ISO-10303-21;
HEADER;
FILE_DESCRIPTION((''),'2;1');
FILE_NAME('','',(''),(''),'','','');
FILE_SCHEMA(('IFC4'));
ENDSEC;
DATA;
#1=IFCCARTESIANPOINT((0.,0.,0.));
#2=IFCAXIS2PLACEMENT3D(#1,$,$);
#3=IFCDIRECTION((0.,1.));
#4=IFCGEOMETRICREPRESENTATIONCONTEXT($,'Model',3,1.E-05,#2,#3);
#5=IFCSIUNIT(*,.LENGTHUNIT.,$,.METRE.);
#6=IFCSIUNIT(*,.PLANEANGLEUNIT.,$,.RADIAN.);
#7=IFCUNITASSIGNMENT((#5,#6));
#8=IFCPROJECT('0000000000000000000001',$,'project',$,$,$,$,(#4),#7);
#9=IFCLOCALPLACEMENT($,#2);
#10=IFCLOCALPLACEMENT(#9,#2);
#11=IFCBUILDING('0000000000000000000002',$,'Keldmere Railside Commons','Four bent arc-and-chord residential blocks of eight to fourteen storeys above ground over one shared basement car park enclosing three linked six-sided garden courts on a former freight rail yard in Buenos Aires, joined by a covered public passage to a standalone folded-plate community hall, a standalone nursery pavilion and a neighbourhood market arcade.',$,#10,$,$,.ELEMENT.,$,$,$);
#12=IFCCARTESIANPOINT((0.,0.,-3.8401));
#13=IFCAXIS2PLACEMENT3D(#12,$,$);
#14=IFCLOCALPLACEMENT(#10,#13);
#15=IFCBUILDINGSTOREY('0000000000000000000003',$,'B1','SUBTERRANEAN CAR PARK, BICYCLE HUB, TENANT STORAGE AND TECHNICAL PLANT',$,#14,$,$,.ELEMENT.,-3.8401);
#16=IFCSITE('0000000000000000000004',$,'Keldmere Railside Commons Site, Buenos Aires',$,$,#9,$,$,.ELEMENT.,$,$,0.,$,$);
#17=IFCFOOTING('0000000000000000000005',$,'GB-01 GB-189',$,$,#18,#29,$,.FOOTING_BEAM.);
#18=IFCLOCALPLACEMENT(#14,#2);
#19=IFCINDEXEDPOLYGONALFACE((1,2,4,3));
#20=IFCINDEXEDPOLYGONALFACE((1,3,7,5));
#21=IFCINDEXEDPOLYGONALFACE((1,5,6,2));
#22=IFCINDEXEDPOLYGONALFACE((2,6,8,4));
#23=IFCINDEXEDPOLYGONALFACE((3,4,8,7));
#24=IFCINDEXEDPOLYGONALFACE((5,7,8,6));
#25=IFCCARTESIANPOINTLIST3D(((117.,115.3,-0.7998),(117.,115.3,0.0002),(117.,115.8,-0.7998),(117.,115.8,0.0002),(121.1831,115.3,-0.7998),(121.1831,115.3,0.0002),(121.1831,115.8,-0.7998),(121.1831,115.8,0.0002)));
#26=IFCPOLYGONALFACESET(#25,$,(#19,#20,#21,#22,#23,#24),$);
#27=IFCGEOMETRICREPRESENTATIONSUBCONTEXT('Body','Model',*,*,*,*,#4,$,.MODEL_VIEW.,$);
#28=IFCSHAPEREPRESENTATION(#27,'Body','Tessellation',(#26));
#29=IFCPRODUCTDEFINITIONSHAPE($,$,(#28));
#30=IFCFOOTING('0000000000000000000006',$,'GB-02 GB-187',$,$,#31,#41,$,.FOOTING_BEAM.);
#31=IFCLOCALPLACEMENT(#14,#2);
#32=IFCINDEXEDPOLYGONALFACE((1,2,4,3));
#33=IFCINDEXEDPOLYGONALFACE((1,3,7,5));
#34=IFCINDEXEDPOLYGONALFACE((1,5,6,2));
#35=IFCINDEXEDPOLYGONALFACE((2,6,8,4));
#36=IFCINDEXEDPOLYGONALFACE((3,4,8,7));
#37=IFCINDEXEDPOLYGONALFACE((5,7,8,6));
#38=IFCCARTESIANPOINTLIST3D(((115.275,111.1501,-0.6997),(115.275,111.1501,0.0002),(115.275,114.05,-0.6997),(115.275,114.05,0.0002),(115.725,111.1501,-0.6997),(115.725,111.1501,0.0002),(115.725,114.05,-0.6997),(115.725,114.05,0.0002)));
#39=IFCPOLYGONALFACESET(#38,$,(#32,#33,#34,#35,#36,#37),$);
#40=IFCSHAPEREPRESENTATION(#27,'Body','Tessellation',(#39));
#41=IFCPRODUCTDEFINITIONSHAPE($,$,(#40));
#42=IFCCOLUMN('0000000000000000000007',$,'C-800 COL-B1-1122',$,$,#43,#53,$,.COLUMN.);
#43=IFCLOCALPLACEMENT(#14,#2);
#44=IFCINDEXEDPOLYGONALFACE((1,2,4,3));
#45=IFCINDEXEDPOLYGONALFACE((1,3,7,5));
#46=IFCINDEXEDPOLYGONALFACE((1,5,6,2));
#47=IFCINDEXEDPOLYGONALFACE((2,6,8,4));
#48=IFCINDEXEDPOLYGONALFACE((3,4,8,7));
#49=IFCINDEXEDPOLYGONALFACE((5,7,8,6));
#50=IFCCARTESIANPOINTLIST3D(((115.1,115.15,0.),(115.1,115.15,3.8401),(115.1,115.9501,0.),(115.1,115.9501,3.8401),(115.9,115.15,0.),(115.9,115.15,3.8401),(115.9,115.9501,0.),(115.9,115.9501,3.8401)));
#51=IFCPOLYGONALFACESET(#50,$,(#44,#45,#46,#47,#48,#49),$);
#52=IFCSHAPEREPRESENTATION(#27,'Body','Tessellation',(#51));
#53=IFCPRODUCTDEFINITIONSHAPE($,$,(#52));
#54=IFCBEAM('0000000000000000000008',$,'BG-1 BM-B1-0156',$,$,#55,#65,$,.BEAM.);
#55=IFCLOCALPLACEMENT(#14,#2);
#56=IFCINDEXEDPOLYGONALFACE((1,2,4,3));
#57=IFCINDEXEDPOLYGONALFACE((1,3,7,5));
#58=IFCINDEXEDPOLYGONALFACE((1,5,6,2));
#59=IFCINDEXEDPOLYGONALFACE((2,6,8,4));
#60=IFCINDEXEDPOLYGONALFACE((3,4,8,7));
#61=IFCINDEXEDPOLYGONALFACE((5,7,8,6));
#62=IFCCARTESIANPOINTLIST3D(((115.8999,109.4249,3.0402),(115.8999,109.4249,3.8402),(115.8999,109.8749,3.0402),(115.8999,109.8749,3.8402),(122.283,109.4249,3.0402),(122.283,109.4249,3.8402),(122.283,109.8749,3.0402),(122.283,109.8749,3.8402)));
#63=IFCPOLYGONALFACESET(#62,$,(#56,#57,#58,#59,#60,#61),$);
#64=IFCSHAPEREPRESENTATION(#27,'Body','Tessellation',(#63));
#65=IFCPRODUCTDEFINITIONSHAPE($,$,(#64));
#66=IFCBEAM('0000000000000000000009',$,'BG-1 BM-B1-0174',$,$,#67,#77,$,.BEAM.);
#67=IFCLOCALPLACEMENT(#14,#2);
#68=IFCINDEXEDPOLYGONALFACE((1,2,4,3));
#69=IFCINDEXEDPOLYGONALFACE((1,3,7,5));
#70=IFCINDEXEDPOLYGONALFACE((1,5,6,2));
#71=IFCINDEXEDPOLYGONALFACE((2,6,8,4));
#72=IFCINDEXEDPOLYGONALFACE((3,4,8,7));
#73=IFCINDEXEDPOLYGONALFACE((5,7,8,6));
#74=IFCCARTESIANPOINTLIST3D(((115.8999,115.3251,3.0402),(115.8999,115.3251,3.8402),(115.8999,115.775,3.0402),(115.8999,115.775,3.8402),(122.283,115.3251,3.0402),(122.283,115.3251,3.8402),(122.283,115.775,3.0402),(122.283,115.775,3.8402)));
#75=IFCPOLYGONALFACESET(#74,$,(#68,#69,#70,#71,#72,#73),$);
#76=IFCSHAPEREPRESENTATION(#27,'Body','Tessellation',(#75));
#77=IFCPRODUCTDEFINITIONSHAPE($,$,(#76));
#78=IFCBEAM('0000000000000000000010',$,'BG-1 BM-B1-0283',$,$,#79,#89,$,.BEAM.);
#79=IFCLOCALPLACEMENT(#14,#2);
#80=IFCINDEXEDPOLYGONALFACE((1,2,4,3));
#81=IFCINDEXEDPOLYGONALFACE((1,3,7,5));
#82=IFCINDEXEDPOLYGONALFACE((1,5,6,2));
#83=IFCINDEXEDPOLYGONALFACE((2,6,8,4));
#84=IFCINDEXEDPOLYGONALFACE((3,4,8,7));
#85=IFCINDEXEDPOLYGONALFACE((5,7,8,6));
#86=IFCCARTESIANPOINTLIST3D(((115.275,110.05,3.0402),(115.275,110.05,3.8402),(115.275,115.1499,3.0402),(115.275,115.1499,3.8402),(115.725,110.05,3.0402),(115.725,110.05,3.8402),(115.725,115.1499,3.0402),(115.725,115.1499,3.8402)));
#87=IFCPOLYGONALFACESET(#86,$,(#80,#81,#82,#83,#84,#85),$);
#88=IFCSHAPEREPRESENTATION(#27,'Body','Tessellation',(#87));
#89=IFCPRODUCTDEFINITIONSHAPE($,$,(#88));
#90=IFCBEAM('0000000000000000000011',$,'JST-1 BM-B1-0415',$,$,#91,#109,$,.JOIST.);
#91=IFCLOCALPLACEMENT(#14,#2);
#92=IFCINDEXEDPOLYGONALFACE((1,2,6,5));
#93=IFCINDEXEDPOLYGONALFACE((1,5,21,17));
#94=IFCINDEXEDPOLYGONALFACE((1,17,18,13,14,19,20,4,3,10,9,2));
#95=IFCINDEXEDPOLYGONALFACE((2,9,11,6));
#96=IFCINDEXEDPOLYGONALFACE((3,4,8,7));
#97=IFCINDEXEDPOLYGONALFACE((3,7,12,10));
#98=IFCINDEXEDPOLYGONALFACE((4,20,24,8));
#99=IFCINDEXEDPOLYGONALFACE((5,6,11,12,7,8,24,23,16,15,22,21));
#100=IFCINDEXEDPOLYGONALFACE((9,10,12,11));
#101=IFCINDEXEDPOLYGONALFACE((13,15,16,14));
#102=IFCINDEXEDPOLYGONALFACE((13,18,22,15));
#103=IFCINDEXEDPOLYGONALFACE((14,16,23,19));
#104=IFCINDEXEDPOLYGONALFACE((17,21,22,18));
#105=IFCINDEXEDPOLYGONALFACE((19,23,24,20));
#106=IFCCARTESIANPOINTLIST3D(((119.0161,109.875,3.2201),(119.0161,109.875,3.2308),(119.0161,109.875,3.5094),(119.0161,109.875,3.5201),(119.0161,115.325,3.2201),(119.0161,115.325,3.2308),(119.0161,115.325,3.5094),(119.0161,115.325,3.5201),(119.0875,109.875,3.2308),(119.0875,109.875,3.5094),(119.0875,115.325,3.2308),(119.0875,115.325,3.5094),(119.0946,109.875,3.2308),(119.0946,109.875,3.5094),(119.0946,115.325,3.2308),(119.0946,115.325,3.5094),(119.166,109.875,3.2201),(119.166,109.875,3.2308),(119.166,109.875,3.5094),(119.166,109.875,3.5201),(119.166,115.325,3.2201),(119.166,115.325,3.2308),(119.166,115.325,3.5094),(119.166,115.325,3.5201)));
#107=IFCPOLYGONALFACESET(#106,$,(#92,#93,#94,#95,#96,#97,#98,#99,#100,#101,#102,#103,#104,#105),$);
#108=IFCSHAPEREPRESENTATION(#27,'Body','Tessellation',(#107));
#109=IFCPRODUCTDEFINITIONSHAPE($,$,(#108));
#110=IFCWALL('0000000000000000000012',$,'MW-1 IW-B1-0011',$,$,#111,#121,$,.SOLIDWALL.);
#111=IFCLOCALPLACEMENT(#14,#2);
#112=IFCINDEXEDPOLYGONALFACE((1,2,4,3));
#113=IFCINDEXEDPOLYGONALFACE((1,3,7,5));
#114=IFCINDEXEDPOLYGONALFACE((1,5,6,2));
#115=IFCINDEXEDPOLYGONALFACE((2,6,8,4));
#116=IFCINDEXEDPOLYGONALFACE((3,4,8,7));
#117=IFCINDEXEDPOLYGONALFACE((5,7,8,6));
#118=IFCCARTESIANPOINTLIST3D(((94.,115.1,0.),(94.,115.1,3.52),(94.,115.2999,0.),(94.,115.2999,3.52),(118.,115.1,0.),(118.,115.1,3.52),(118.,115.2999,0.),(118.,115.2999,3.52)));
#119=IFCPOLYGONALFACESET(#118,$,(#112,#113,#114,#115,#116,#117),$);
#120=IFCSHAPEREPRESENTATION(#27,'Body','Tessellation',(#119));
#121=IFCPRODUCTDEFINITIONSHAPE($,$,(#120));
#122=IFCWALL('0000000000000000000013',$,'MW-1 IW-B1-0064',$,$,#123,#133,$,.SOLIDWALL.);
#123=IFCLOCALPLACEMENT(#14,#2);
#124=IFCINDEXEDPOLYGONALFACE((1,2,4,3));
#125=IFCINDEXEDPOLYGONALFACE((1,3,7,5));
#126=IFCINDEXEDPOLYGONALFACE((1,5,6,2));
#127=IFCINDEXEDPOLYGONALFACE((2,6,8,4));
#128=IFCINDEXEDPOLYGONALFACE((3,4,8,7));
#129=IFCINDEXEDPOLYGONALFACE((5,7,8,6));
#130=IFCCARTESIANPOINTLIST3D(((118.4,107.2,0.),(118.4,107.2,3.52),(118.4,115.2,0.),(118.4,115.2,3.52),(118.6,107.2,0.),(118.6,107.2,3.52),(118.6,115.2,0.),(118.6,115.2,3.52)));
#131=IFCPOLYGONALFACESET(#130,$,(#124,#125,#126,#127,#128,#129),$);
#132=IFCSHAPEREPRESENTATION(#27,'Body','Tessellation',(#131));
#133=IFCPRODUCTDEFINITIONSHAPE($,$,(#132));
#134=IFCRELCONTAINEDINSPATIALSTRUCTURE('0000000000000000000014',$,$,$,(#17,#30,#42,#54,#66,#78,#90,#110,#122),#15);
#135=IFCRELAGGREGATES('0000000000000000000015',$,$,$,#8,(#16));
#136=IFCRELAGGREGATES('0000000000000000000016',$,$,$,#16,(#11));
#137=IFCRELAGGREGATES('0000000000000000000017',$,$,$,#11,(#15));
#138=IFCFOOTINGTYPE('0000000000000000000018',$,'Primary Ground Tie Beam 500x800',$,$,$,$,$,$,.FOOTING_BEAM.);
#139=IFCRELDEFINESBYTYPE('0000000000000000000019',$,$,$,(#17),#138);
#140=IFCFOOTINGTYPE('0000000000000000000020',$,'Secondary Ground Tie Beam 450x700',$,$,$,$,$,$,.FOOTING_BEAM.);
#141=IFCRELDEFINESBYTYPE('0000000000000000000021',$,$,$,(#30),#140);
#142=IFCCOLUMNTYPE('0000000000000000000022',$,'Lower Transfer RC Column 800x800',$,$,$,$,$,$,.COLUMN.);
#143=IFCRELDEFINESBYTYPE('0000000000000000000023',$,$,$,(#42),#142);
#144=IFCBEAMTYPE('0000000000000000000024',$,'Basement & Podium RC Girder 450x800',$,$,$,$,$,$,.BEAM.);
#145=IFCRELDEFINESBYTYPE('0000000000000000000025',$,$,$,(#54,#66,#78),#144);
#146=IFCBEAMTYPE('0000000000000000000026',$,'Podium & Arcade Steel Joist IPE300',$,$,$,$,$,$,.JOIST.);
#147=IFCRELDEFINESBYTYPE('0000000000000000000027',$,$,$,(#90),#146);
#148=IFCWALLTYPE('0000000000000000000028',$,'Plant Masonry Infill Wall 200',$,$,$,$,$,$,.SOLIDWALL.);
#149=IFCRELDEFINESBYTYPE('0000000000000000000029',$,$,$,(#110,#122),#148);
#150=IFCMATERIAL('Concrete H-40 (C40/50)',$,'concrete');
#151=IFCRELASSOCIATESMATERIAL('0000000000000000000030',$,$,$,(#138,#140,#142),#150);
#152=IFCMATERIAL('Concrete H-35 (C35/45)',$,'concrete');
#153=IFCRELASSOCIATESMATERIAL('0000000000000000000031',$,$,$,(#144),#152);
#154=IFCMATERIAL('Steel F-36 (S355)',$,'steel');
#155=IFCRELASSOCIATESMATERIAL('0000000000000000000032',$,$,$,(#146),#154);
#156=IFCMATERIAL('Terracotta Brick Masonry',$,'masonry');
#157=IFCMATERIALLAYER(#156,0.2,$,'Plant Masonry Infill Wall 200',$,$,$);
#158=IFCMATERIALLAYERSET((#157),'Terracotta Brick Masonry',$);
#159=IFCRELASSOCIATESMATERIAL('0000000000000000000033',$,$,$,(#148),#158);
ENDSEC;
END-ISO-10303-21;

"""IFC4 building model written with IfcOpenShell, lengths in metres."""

from ifc_helpers import new_model, si_unit, direction, frame, frame_2d, origin, origin_2d, place, context, subcontext, project, spatial, rectangle, i_section, extrude, material, layer, layer_set, material_profile, profile_set, type_object, element, save


model = new_model("IFC4")

# Units and contexts
model_context = context("Model", 3, precision=1e-05, world=origin(), true_north=direction((0.0, 1.0)))
body_context = subcontext(model_context, "Body", "Model", "MODEL_VIEW")
ifc_project = project(units=[si_unit("LENGTHUNIT", "METRE"), si_unit("PLANEANGLEUNIT", "RADIAN")], contexts=[model_context])

# Site, building, storey
site_placement = place(None, origin())
site = spatial("IfcSite", under=ifc_project, at=site_placement, Name="Keldmere Railside Commons Site, Buenos Aires", CompositionType="ELEMENT", RefElevation=0.0)
building_placement = place(site_placement, origin())
building = spatial("IfcBuilding", under=site, at=building_placement, Name="Keldmere Railside Commons", Description="Four bent arc-and-chord residential blocks of eight to fourteen storeys above ground over one shared basement car park enclosing three linked six-sided garden courts on a former freight rail yard in Buenos Aires, joined by a covered public passage to a standalone folded-plate community hall, a standalone nursery pavilion and a neighbourhood market arcade.", CompositionType="ELEMENT")
storey_placement = place(building_placement, frame((0.0, 0.0, -3.8401)))
storey = spatial("IfcBuildingStorey", under=building, at=storey_placement, Name="B1", Description="SUBTERRANEAN CAR PARK, BICYCLE HUB, TENANT STORAGE AND TECHNICAL PLANT", CompositionType="ELEMENT", Elevation=-3.8401)

# Footings
ifc_material_1 = material(Name="Concrete H-40 (C40/50)", Category="concrete")
footing_type_1 = type_object("IfcFootingType", Name="Primary Ground Tie Beam 500x800", PredefinedType="FOOTING_BEAM", material=ifc_material_1)
footing_1_placement = place(storey_placement, frame((119.0916, 115.55, -0.7998), z_axis=(0.0, 0.0, 1.0), x_axis=(1.0, 0.0, 0.0)))
element("IfcFooting", 1, at=footing_1_placement, inside=storey, type_object=footing_type_1, Name="GB-01 GB-189", PredefinedType="FOOTING_BEAM", context=body_context, shape_type="SweptSolid", body=[
    extrude(rectangle(XDim=4.1831, YDim=0.5, at=origin_2d()), origin(), (0.0, 0.0, 1.0), 0.8),
])
footing_type_2 = type_object("IfcFootingType", Name="Secondary Ground Tie Beam 450x700", PredefinedType="FOOTING_BEAM", material=ifc_material_1)
footing_2_placement = place(storey_placement, frame((115.5, 112.6001, -0.6997), z_axis=(0.0, 0.0, 1.0), x_axis=(0.0, 1.0, 0.0)))
element("IfcFooting", 2, at=footing_2_placement, inside=storey, type_object=footing_type_2, Name="GB-02 GB-187", PredefinedType="FOOTING_BEAM", context=body_context, shape_type="SweptSolid", body=[
    extrude(rectangle(XDim=2.8999, YDim=0.45, at=origin_2d()), origin(), (0.0, 0.0, 1.0), 0.7),
])

# Column
ifc_material_profile_1 = material_profile(ifc_material_1, rectangle(XDim=0.8, YDim=0.8, at=origin_2d()), Name="RC-800x800")
ifc_profile_set_1 = profile_set([ifc_material_profile_1], Name="Concrete H-40 (C40/50)")
column_type = type_object("IfcColumnType", Name="Lower Transfer RC Column 800x800", PredefinedType="COLUMN", material=ifc_profile_set_1)
column_placement = place(storey_placement, frame((115.5, 115.55, 0.0), z_axis=(0.0, 0.0, 1.0), x_axis=(1.0, 0.0, 0.0)))
element("IfcColumn", 3, at=column_placement, inside=storey, type_object=column_type, Name="C-800 COL-B1-1122", PredefinedType="COLUMN", context=body_context, shape_type="SweptSolid", body=[
    extrude(rectangle(XDim=0.8, YDim=0.8, at=origin_2d()), origin(), (0.0, 0.0, 1.0), 3.8401),
])

# Beams
ifc_material_2 = material(Name="Concrete H-35 (C35/45)", Category="concrete")
ifc_material_profile_2 = material_profile(ifc_material_2, rectangle(XDim=0.45, YDim=0.8, at=origin_2d()), Name="RC-450x800")
ifc_profile_set_2 = profile_set([ifc_material_profile_2], Name="Concrete H-35 (C35/45)")
beam_type_1 = type_object("IfcBeamType", Name="Basement & Podium RC Girder 450x800", PredefinedType="BEAM", material=ifc_profile_set_2)
for number, where, z_axis, x_axis, name in (
    (4, (115.8999, 109.6499, 3.4402), (1.0, 0.0, 0.0), (0.0, 1.0, 0.0), "BG-1 BM-B1-0156"),
    (5, (115.8999, 115.55, 3.4402), (1.0, 0.0, 0.0), (0.0, 1.0, 0.0), "BG-1 BM-B1-0174"),
):
    element("IfcBeam", number, at=place(storey_placement, frame(where, z_axis=z_axis, x_axis=x_axis)), inside=storey, type_object=beam_type_1, Name=name, PredefinedType="BEAM", context=body_context, shape_type="SweptSolid", body=[
        extrude(rectangle(XDim=0.45, YDim=0.8, at=origin_2d()), origin(), (0.0, 0.0, 1.0), 6.3831),
    ])
beam_1_placement = place(storey_placement, frame((115.5, 110.05, 3.4402), z_axis=(0.0, 1.0, 0.0), x_axis=(-1.0, 0.0, 0.0)))
element("IfcBeam", 6, at=beam_1_placement, inside=storey, type_object=beam_type_1, Name="BG-1 BM-B1-0283", PredefinedType="BEAM", context=body_context, shape_type="SweptSolid", body=[
    extrude(rectangle(XDim=0.45, YDim=0.8, at=origin_2d()), origin(), (0.0, 0.0, 1.0), 5.0999),
])
ifc_material_3 = material(Name="Steel F-36 (S355)", Category="steel")
ifc_material_profile_3 = material_profile(ifc_material_3, i_section(OverallWidth=0.1499, OverallDepth=0.3, WebThickness=0.0071, FlangeThickness=0.0107, at=origin_2d()), Name="IPE-300")
ifc_profile_set_3 = profile_set([ifc_material_profile_3], Name="Steel F-36 (S355)")
beam_type_2 = type_object("IfcBeamType", Name="Podium & Arcade Steel Joist IPE300", PredefinedType="JOIST", material=ifc_profile_set_3)
beam_2_placement = place(storey_placement, frame((119.0911, 109.875, 3.3701), z_axis=(0.0, 1.0, 0.0), x_axis=(-1.0, 0.0, 0.0)))
element("IfcBeam", 7, at=beam_2_placement, inside=storey, type_object=beam_type_2, Name="JST-1 BM-B1-0415", PredefinedType="JOIST", context=body_context, shape_type="SweptSolid", body=[
    extrude(i_section(OverallWidth=0.1499, OverallDepth=0.3, WebThickness=0.0071, FlangeThickness=0.0107, at=origin_2d()), origin(), (0.0, 0.0, 1.0), 5.45),
])

# Walls
ifc_material_4 = material(Name="Terracotta Brick Masonry", Category="masonry")
ifc_layer = layer(ifc_material_4, 0.2, Name="Plant Masonry Infill Wall 200")
ifc_layer_set = layer_set([ifc_layer], Name="Terracotta Brick Masonry")
wall_type = type_object("IfcWallType", Name="Plant Masonry Infill Wall 200", PredefinedType="SOLIDWALL", material=ifc_layer_set)
wall_1_placement = place(storey_placement, frame((118.0, 115.2, 0.0), z_axis=(0.0, 0.0, 1.0), x_axis=(-1.0, 0.0, 0.0)))
element("IfcWall", 8, at=wall_1_placement, inside=storey, type_object=wall_type, Name="MW-1 IW-B1-0011", PredefinedType="SOLIDWALL", context=body_context, shape_type="SweptSolid", body=[
    extrude(rectangle(XDim=24.0, YDim=0.2, at=frame_2d((12.0, 0.0))), origin(), (0.0, 0.0, 1.0), 3.52),
])
wall_2_placement = place(storey_placement, frame((118.5, 115.2, 0.0), z_axis=(0.0, 0.0, 1.0), x_axis=(0.0, -1.0, 0.0)))
element("IfcWall", 9, at=wall_2_placement, inside=storey, type_object=wall_type, Name="MW-1 IW-B1-0064", PredefinedType="SOLIDWALL", context=body_context, shape_type="SweptSolid", body=[
    extrude(rectangle(XDim=8.0, YDim=0.2, at=frame_2d((4.0, 0.0))), origin(), (0.0, 0.0, 1.0), 3.52),
])

save(model, "model.ifc")
